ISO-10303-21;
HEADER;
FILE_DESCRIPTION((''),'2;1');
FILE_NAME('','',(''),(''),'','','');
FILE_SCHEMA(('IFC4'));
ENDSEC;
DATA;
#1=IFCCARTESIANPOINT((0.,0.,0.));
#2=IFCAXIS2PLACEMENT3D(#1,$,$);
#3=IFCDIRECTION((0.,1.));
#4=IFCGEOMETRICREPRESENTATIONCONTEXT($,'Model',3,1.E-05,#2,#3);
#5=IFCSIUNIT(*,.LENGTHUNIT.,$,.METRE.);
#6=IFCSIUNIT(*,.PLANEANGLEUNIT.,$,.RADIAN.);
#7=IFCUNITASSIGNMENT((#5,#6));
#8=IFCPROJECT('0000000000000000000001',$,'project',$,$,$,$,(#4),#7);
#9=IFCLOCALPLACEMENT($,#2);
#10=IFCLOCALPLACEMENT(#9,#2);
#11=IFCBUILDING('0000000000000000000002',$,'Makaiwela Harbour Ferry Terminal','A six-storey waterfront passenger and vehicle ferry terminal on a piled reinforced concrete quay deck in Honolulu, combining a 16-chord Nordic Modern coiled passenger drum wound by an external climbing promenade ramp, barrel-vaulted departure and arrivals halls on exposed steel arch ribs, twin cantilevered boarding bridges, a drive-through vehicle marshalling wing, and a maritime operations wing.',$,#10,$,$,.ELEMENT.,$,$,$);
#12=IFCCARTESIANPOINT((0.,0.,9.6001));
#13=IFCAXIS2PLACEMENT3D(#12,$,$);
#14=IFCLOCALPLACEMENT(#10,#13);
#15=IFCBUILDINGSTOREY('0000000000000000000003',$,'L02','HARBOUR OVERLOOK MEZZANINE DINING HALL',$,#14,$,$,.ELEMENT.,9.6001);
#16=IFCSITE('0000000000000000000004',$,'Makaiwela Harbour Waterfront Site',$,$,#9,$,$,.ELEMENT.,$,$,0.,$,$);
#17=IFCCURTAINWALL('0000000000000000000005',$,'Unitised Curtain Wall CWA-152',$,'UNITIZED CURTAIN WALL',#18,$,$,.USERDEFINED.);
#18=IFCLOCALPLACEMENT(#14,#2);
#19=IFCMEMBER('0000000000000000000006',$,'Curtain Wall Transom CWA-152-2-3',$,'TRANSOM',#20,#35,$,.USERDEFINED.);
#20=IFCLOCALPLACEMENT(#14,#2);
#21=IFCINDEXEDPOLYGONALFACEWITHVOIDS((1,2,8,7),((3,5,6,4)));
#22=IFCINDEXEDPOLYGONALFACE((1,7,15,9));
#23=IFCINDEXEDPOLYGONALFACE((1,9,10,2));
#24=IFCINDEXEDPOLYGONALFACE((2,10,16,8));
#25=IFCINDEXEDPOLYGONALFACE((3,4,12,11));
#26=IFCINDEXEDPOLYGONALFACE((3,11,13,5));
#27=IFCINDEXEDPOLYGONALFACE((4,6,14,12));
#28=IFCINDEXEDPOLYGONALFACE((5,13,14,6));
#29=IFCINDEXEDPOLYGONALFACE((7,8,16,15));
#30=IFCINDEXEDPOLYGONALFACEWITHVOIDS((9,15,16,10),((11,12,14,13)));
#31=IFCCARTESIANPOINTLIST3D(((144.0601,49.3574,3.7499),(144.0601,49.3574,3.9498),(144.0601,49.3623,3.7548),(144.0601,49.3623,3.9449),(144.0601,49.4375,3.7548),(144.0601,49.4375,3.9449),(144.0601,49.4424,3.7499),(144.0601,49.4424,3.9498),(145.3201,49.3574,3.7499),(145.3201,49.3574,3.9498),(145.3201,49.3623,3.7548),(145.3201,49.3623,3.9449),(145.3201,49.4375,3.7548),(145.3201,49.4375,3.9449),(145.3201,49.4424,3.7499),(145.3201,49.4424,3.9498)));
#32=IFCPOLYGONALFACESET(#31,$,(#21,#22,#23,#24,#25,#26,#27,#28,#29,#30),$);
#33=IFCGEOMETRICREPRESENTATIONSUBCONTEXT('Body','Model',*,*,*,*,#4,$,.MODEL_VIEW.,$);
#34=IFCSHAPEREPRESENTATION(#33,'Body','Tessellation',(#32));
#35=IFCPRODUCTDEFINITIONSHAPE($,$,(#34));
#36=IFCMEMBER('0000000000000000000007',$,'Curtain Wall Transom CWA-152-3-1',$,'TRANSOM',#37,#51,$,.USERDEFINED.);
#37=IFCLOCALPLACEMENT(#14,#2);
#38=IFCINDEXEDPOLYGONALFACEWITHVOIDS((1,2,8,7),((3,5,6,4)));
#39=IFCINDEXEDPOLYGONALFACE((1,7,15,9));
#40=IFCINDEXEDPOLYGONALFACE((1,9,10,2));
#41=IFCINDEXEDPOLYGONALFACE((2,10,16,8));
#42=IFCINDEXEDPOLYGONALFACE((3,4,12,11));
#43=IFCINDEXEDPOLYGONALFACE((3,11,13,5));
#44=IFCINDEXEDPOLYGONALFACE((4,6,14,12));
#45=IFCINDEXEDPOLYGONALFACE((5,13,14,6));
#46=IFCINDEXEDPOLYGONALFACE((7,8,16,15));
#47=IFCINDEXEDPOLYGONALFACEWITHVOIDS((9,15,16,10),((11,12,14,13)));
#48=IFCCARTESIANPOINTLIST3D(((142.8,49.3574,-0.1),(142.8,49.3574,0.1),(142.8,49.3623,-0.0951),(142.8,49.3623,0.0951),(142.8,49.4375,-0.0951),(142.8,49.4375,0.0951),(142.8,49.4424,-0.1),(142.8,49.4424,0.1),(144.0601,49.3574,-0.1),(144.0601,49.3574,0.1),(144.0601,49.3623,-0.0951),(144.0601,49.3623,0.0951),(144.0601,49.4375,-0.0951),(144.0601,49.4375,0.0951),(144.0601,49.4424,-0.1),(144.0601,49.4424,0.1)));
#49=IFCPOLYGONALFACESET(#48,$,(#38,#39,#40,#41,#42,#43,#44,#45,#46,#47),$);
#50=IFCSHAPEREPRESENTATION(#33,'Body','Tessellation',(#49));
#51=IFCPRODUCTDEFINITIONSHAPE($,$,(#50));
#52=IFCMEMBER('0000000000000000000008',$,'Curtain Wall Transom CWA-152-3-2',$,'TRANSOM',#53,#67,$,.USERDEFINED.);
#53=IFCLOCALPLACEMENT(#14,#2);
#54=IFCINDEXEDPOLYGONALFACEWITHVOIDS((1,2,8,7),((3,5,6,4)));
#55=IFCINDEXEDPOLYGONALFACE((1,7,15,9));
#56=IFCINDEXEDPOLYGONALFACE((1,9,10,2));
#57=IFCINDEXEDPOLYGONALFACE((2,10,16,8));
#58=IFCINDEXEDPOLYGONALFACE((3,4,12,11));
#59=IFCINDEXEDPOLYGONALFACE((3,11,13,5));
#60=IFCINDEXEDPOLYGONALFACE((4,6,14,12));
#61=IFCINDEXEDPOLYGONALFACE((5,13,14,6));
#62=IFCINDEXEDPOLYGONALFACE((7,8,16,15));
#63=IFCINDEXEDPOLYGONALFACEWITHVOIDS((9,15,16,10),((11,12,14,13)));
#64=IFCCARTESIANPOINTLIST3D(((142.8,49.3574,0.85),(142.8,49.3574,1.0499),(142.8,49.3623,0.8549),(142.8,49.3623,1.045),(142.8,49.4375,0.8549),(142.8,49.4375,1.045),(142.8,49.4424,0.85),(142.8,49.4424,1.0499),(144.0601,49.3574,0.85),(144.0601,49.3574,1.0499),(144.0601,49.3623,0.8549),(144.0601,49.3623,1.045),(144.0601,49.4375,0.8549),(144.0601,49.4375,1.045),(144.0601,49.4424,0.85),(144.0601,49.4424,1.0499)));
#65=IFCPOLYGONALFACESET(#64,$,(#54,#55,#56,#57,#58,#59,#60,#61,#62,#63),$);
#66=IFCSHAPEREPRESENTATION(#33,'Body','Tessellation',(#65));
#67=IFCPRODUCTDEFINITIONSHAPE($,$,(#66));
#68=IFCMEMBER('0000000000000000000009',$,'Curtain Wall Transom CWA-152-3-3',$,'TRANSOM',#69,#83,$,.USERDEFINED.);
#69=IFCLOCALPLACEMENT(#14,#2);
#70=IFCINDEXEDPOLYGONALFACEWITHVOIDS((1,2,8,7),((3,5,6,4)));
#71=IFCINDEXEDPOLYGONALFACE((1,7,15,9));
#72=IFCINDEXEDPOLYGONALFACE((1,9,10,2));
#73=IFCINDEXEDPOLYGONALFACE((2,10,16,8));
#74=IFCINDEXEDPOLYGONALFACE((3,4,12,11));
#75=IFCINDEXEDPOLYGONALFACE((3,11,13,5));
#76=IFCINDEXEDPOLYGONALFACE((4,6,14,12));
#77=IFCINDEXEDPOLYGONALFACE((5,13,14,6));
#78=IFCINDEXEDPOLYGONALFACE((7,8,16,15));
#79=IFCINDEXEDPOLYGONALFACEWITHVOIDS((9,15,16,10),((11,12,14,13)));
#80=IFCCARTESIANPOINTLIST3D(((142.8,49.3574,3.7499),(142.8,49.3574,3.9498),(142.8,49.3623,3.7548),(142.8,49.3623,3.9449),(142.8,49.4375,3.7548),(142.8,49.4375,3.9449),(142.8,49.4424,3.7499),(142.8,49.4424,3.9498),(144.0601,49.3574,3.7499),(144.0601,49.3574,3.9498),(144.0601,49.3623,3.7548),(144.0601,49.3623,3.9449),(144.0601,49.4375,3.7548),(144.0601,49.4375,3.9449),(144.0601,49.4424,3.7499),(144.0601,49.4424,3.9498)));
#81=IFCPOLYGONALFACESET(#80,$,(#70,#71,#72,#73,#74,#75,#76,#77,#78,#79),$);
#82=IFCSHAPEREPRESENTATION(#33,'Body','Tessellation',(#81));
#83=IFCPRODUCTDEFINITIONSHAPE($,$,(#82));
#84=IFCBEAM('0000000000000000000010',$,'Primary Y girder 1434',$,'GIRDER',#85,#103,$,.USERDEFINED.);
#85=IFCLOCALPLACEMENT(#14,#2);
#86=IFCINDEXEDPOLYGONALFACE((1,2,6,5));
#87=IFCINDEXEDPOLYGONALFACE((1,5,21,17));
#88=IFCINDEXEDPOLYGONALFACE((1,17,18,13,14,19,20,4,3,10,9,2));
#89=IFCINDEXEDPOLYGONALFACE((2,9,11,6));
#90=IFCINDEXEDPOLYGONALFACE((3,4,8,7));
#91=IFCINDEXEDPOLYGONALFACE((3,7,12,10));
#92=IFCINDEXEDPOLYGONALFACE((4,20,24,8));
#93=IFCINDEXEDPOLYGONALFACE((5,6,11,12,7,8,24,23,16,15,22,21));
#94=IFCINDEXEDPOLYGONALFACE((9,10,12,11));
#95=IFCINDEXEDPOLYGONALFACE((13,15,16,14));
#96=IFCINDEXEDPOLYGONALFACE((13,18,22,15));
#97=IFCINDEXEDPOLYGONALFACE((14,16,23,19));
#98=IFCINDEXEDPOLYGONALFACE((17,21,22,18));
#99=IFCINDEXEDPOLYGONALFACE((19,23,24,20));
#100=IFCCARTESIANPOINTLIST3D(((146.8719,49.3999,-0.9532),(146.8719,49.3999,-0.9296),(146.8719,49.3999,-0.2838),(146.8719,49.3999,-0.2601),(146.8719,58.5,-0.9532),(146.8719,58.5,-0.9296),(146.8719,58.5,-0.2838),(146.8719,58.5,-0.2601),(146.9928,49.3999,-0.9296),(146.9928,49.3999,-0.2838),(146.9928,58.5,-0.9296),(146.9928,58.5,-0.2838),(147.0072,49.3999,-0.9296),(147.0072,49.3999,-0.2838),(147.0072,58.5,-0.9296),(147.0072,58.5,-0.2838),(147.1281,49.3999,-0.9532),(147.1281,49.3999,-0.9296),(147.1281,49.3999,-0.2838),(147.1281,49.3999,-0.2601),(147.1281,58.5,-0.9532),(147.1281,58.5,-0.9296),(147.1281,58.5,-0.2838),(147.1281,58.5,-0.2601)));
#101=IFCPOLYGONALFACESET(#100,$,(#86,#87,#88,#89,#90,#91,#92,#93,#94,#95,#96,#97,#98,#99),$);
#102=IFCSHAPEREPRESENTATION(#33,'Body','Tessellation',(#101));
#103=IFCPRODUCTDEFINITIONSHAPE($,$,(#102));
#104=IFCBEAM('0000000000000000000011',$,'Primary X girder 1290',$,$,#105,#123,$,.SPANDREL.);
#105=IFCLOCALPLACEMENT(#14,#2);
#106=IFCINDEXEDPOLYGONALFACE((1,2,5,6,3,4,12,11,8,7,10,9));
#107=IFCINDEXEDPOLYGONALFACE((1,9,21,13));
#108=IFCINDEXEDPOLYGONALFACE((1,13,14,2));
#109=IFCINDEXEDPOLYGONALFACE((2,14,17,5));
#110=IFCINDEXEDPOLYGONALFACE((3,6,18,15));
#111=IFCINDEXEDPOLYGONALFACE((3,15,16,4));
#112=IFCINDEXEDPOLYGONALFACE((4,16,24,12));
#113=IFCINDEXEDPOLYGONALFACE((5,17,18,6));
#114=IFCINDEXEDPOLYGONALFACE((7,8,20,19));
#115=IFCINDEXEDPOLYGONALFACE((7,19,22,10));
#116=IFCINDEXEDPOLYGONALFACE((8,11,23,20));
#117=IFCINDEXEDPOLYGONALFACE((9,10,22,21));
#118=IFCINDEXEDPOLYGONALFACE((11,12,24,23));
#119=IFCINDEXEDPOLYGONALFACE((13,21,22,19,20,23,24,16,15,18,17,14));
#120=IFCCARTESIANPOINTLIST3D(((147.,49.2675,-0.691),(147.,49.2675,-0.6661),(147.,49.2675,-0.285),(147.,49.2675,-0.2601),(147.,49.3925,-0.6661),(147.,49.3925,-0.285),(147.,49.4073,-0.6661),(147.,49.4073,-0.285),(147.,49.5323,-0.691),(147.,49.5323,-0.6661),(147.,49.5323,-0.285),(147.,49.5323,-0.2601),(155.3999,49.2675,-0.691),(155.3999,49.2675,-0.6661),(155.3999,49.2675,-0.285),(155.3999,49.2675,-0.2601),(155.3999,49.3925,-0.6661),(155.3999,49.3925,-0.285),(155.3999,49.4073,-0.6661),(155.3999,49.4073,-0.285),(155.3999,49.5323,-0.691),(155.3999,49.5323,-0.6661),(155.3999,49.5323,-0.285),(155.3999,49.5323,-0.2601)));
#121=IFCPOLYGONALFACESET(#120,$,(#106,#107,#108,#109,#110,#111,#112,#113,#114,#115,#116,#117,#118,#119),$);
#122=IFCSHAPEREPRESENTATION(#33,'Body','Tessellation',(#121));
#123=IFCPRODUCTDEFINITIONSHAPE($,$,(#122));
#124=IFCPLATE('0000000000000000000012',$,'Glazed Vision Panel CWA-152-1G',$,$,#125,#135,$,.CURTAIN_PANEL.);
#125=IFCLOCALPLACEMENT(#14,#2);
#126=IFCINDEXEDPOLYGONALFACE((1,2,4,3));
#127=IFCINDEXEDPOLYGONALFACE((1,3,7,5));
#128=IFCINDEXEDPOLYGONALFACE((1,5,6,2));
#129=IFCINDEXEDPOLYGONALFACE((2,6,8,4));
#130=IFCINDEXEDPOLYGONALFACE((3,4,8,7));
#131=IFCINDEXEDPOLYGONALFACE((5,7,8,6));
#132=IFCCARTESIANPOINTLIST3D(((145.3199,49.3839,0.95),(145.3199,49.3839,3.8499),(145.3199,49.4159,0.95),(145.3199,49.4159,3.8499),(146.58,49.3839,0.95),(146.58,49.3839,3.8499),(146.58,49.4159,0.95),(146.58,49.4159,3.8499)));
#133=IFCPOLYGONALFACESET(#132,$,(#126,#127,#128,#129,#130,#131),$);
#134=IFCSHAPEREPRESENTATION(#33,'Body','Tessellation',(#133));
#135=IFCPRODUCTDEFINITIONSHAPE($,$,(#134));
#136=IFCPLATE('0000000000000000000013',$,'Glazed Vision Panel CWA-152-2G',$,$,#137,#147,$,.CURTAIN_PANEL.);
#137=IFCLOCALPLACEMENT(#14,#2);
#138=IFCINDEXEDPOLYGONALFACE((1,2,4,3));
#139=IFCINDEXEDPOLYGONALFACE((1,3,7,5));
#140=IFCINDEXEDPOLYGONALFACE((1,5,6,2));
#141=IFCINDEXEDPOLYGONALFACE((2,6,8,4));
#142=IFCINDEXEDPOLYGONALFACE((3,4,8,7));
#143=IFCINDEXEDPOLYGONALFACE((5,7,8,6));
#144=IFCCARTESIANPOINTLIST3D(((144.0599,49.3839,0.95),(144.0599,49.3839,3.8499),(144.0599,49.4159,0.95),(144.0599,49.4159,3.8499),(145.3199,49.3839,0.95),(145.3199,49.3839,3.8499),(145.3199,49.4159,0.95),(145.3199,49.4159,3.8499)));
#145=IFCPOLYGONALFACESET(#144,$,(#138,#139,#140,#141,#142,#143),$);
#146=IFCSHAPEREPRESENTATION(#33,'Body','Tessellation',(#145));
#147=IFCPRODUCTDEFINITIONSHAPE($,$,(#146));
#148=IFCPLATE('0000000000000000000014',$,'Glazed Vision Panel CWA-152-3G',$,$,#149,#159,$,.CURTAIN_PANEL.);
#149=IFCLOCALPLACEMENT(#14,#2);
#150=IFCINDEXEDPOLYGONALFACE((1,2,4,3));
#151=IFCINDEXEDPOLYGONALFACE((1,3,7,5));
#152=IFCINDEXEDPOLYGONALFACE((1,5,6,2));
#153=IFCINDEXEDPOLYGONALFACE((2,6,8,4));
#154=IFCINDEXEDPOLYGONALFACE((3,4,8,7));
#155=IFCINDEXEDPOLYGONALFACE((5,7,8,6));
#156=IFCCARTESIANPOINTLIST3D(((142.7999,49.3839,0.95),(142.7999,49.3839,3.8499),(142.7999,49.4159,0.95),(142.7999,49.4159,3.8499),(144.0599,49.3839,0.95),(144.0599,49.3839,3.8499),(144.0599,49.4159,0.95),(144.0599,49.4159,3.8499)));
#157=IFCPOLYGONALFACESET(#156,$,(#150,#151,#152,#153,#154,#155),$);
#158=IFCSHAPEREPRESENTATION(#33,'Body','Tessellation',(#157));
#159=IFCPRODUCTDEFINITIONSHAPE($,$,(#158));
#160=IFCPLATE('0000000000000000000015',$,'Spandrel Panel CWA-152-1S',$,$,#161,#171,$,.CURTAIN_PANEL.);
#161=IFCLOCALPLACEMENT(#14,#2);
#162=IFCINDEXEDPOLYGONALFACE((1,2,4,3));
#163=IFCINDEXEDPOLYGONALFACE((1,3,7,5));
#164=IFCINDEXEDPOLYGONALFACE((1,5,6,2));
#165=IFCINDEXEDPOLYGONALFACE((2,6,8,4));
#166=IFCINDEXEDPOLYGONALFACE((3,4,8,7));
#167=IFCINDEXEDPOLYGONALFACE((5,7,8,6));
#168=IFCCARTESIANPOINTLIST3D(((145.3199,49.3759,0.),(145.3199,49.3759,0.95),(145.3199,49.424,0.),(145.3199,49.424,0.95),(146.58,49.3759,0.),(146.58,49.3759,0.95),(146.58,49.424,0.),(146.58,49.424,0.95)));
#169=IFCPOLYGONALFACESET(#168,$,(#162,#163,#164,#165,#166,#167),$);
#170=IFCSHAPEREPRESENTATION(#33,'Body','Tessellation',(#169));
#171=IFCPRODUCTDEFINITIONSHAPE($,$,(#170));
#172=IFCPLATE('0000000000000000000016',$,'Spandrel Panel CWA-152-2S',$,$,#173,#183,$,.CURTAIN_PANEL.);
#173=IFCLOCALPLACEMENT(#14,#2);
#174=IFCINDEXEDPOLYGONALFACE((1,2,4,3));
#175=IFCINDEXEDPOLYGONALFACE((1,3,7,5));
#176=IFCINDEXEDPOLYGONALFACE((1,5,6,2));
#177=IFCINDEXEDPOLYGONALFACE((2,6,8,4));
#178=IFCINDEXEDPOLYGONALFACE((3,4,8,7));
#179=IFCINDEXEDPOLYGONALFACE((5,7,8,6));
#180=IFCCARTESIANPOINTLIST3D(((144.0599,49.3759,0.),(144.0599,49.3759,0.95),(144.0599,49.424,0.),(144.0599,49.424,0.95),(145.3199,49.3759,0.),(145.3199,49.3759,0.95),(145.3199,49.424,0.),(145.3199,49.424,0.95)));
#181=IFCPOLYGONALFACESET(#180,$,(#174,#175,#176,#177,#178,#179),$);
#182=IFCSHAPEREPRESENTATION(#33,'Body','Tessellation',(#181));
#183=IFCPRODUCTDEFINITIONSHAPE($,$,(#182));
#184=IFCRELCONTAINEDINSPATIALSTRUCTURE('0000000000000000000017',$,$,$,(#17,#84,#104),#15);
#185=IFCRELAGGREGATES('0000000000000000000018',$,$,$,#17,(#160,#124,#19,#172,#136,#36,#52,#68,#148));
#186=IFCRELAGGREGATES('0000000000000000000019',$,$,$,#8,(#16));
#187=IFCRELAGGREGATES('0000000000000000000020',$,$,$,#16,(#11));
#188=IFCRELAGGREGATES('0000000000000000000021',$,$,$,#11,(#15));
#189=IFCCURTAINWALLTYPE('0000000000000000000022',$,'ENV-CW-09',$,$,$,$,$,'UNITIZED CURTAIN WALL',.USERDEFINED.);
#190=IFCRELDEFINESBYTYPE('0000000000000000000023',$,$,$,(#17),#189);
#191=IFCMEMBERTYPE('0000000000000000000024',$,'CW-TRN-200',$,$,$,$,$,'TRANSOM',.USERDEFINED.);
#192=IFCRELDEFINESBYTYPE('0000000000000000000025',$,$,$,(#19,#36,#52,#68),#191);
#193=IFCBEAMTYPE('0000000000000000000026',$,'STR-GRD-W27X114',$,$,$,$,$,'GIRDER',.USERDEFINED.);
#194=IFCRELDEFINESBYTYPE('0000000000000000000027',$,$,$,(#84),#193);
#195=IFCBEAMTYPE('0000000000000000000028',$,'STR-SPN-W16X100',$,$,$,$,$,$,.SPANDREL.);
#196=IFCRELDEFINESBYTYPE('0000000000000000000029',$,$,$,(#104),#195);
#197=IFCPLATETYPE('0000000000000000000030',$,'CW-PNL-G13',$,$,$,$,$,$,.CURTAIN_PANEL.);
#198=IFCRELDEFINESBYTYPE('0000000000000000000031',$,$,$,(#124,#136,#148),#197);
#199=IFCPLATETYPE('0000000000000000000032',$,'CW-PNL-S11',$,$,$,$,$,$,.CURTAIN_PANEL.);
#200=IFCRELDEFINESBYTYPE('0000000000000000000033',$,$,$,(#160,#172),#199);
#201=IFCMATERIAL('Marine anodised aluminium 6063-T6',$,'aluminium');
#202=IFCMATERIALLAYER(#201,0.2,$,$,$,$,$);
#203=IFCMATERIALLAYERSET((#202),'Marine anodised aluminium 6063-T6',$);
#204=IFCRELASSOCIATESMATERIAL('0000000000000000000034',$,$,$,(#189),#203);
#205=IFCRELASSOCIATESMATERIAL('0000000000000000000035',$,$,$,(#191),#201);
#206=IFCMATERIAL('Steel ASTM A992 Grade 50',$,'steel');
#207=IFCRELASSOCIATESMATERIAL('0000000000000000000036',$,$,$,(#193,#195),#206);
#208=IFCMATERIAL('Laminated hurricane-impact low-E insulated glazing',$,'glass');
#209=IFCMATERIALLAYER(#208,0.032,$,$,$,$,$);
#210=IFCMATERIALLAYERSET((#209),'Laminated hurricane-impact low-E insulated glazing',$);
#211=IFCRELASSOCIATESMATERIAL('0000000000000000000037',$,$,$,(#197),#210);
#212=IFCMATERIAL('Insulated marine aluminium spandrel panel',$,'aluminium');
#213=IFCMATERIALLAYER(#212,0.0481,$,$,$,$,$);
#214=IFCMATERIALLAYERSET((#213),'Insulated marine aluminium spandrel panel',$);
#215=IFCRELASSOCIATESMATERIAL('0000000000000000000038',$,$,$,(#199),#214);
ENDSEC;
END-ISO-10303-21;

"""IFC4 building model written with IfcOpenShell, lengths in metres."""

from ifc_helpers import new_model, si_unit, direction, frame, origin, origin_2d, place, context, subcontext, project, spatial, rectangle, hollow_rectangle, i_section, extrude, material, layer, layer_set, material_profile, profile_set, type_object, element, aggregate, save


model = new_model("IFC4")

# Units and contexts
model_context = context("Model", 3, precision=1e-05, world=origin(), true_north=direction((0.0, 1.0)))
body_context = subcontext(model_context, "Body", "Model", "MODEL_VIEW")
ifc_project = project(units=[si_unit("LENGTHUNIT", "METRE"), si_unit("PLANEANGLEUNIT", "RADIAN")], contexts=[model_context])

# Site, building, storey
site_placement = place(None, origin())
site = spatial("IfcSite", under=ifc_project, at=site_placement, Name="Makaiwela Harbour Waterfront Site", CompositionType="ELEMENT", RefElevation=0.0)
building_placement = place(site_placement, origin())
building = spatial("IfcBuilding", under=site, at=building_placement, Name="Makaiwela Harbour Ferry Terminal", Description="A six-storey waterfront passenger and vehicle ferry terminal on a piled reinforced concrete quay deck in Honolulu, combining a 16-chord Nordic Modern coiled passenger drum wound by an external climbing promenade ramp, barrel-vaulted departure and arrivals halls on exposed steel arch ribs, twin cantilevered boarding bridges, a drive-through vehicle marshalling wing, and a maritime operations wing.", CompositionType="ELEMENT")
storey_placement = place(building_placement, frame((0.0, 0.0, 9.6001)))
storey = spatial("IfcBuildingStorey", under=building, at=storey_placement, Name="L02", Description="HARBOUR OVERLOOK MEZZANINE DINING HALL", CompositionType="ELEMENT", Elevation=9.6001)

# Shared definitions
ifc_material_1 = material(Name="Steel ASTM A992 Grade 50", Category="steel")

# Curtain wall
ifc_material_2 = material(Name="Marine anodised aluminium 6063-T6", Category="aluminium")
ifc_layer_1 = layer(ifc_material_2, 0.2)
ifc_layer_set_1 = layer_set([ifc_layer_1], Name="Marine anodised aluminium 6063-T6")
curtain_wall_type = type_object("IfcCurtainWallType", Name="ENV-CW-09", ElementType="UNITIZED CURTAIN WALL", PredefinedType="USERDEFINED", material=ifc_layer_set_1)
curtain_wall_1_placement = place(storey_placement, origin())
curtain_wall_1 = element("IfcCurtainWall", 1, at=curtain_wall_1_placement, inside=storey, type_object=curtain_wall_type, Name="Unitised Curtain Wall CWA-152", ObjectType="UNITIZED CURTAIN WALL", PredefinedType="USERDEFINED")

# Members
ifc_material_profile_1 = material_profile(ifc_material_2, hollow_rectangle(XDim=0.085, YDim=0.2, WallThickness=0.0049, at=origin_2d()), Name="CWT-200X85")
ifc_profile_set_1 = profile_set([ifc_material_profile_1], Name="Marine anodised aluminium 6063-T6")
member_type_1 = type_object("IfcMemberType", Name="CW-TRN-200", ElementType="TRANSOM", PredefinedType="USERDEFINED", material=ifc_profile_set_1)
member_1_placement = place(storey_placement, frame((145.3201, 49.3999, 3.8499), z_axis=(-1.0, 0.0, 0.0), x_axis=(0.0, -1.0, 0.0)))
member_1 = element("IfcMember", 2, at=member_1_placement, type_object=member_type_1, Name="Curtain Wall Transom CWA-152-2-3", ObjectType="TRANSOM", PredefinedType="USERDEFINED", context=body_context, shape_type="SweptSolid", body=[
    extrude(hollow_rectangle(XDim=0.085, YDim=0.2, WallThickness=0.0049, at=origin_2d()), origin(), (0.0, 0.0, 1.0), 1.26),
])
member_2_placement = place(storey_placement, frame((144.0601, 49.3999, 0.0), z_axis=(-1.0, 0.0, 0.0), x_axis=(0.0, -1.0, 0.0)))
member_2 = element("IfcMember", 3, at=member_2_placement, type_object=member_type_1, Name="Curtain Wall Transom CWA-152-3-1", ObjectType="TRANSOM", PredefinedType="USERDEFINED", context=body_context, shape_type="SweptSolid", body=[
    extrude(hollow_rectangle(XDim=0.085, YDim=0.2, WallThickness=0.0049, at=origin_2d()), origin(), (0.0, 0.0, 1.0), 1.26),
])
member_3_placement = place(storey_placement, frame((144.0601, 49.3999, 0.95), z_axis=(-1.0, 0.0, 0.0), x_axis=(0.0, -1.0, 0.0)))
member_3 = element("IfcMember", 4, at=member_3_placement, type_object=member_type_1, Name="Curtain Wall Transom CWA-152-3-2", ObjectType="TRANSOM", PredefinedType="USERDEFINED", context=body_context, shape_type="SweptSolid", body=[
    extrude(hollow_rectangle(XDim=0.085, YDim=0.2, WallThickness=0.0049, at=origin_2d()), origin(), (0.0, 0.0, 1.0), 1.26),
])
member_4_placement = place(storey_placement, frame((144.0601, 49.3999, 3.8499), z_axis=(-1.0, 0.0, 0.0), x_axis=(0.0, -1.0, 0.0)))
member_4 = element("IfcMember", 5, at=member_4_placement, type_object=member_type_1, Name="Curtain Wall Transom CWA-152-3-3", ObjectType="TRANSOM", PredefinedType="USERDEFINED", context=body_context, shape_type="SweptSolid", body=[
    extrude(hollow_rectangle(XDim=0.085, YDim=0.2, WallThickness=0.0049, at=origin_2d()), origin(), (0.0, 0.0, 1.0), 1.26),
])

# Beams
ifc_material_profile_2 = material_profile(ifc_material_1, i_section(OverallWidth=0.2561, OverallDepth=0.6931, WebThickness=0.0144, FlangeThickness=0.0237, at=origin_2d()), Name="W27X114")
ifc_profile_set_2 = profile_set([ifc_material_profile_2], Name="Steel ASTM A992 Grade 50")
beam_type_1 = type_object("IfcBeamType", Name="STR-GRD-W27X114", ElementType="GIRDER", PredefinedType="USERDEFINED", material=ifc_profile_set_2)
beam_1_placement = place(storey_placement, frame((147.0, 49.3999, -0.6067), z_axis=(0.0, 1.0, 0.0), x_axis=(-1.0, 0.0, 0.0)))
element("IfcBeam", 6, at=beam_1_placement, inside=storey, type_object=beam_type_1, Name="Primary Y girder 1434", ObjectType="GIRDER", PredefinedType="USERDEFINED", context=body_context, shape_type="SweptSolid", body=[
    extrude(i_section(OverallWidth=0.2561, OverallDepth=0.6931, WebThickness=0.0144, FlangeThickness=0.0237, at=origin_2d()), origin(), (0.0, 0.0, 1.0), 9.1001),
])
ifc_material_profile_3 = material_profile(ifc_material_1, i_section(OverallWidth=0.2649, OverallDepth=0.4309, WebThickness=0.0149, FlangeThickness=0.0249, at=origin_2d()), Name="W16X100")
ifc_profile_set_3 = profile_set([ifc_material_profile_3], Name="Steel ASTM A992 Grade 50")
beam_type_2 = type_object("IfcBeamType", Name="STR-SPN-W16X100", PredefinedType="SPANDREL", material=ifc_profile_set_3)
beam_2_placement = place(storey_placement, frame((147.0, 49.3999, -0.4756), z_axis=(1.0, 0.0, 0.0), x_axis=(0.0, 1.0, 0.0)))
element("IfcBeam", 7, at=beam_2_placement, inside=storey, type_object=beam_type_2, Name="Primary X girder 1290", PredefinedType="SPANDREL", context=body_context, shape_type="SweptSolid", body=[
    extrude(i_section(OverallWidth=0.2649, OverallDepth=0.4309, WebThickness=0.0149, FlangeThickness=0.0249, at=origin_2d()), origin(), (0.0, 0.0, 1.0), 8.3999),
])

# Plates
ifc_material_3 = material(Name="Laminated hurricane-impact low-E insulated glazing", Category="glass")
ifc_layer_2 = layer(ifc_material_3, 0.032)
ifc_layer_set_2 = layer_set([ifc_layer_2], Name="Laminated hurricane-impact low-E insulated glazing")
plate_type_1 = type_object("IfcPlateType", Name="CW-PNL-G13", PredefinedType="CURTAIN_PANEL", material=ifc_layer_set_2)
plate_1_placement = place(storey_placement, frame((145.95, 49.3999, 0.95), z_axis=(0.0, 0.0, 1.0), x_axis=(-1.0, 0.0, 0.0)))
plate_1 = element("IfcPlate", 8, at=plate_1_placement, type_object=plate_type_1, Name="Glazed Vision Panel CWA-152-1G", PredefinedType="CURTAIN_PANEL", context=body_context, shape_type="SweptSolid", body=[
    extrude(rectangle(XDim=1.26, YDim=0.032, at=origin_2d()), origin(), (0.0, 0.0, 1.0), 2.8999),
])
plate_2_placement = place(storey_placement, frame((144.6899, 49.3999, 0.95), z_axis=(0.0, 0.0, 1.0), x_axis=(-1.0, 0.0, 0.0)))
plate_2 = element("IfcPlate", 9, at=plate_2_placement, type_object=plate_type_1, Name="Glazed Vision Panel CWA-152-2G", PredefinedType="CURTAIN_PANEL", context=body_context, shape_type="SweptSolid", body=[
    extrude(rectangle(XDim=1.26, YDim=0.032, at=origin_2d()), origin(), (0.0, 0.0, 1.0), 2.8999),
])
plate_3_placement = place(storey_placement, frame((143.4299, 49.3999, 0.95), z_axis=(0.0, 0.0, 1.0), x_axis=(-1.0, 0.0, 0.0)))
plate_3 = element("IfcPlate", 10, at=plate_3_placement, type_object=plate_type_1, Name="Glazed Vision Panel CWA-152-3G", PredefinedType="CURTAIN_PANEL", context=body_context, shape_type="SweptSolid", body=[
    extrude(rectangle(XDim=1.26, YDim=0.032, at=origin_2d()), origin(), (0.0, 0.0, 1.0), 2.8999),
])
ifc_material_4 = material(Name="Insulated marine aluminium spandrel panel", Category="aluminium")
ifc_layer_3 = layer(ifc_material_4, 0.0481)
ifc_layer_set_3 = layer_set([ifc_layer_3], Name="Insulated marine aluminium spandrel panel")
plate_type_2 = type_object("IfcPlateType", Name="CW-PNL-S11", PredefinedType="CURTAIN_PANEL", material=ifc_layer_set_3)
plate_4_placement = place(storey_placement, frame((145.95, 49.3999, 0.0), z_axis=(0.0, 0.0, 1.0), x_axis=(-1.0, 0.0, 0.0)))
plate_4 = element("IfcPlate", 11, at=plate_4_placement, type_object=plate_type_2, Name="Spandrel Panel CWA-152-1S", PredefinedType="CURTAIN_PANEL", context=body_context, shape_type="SweptSolid", body=[
    extrude(rectangle(XDim=1.26, YDim=0.0481, at=origin_2d()), origin(), (0.0, 0.0, 1.0), 0.95),
])
plate_5_placement = place(storey_placement, frame((144.6899, 49.3999, 0.0), z_axis=(0.0, 0.0, 1.0), x_axis=(-1.0, 0.0, 0.0)))
plate_5 = element("IfcPlate", 12, at=plate_5_placement, type_object=plate_type_2, Name="Spandrel Panel CWA-152-2S", PredefinedType="CURTAIN_PANEL", context=body_context, shape_type="SweptSolid", body=[
    extrude(rectangle(XDim=1.26, YDim=0.0481, at=origin_2d()), origin(), (0.0, 0.0, 1.0), 0.95),
])
aggregate(curtain_wall_1, [plate_4, plate_1, member_1, plate_5, plate_2, member_2, member_3, member_4, plate_3])

save(model, "model.ifc")
